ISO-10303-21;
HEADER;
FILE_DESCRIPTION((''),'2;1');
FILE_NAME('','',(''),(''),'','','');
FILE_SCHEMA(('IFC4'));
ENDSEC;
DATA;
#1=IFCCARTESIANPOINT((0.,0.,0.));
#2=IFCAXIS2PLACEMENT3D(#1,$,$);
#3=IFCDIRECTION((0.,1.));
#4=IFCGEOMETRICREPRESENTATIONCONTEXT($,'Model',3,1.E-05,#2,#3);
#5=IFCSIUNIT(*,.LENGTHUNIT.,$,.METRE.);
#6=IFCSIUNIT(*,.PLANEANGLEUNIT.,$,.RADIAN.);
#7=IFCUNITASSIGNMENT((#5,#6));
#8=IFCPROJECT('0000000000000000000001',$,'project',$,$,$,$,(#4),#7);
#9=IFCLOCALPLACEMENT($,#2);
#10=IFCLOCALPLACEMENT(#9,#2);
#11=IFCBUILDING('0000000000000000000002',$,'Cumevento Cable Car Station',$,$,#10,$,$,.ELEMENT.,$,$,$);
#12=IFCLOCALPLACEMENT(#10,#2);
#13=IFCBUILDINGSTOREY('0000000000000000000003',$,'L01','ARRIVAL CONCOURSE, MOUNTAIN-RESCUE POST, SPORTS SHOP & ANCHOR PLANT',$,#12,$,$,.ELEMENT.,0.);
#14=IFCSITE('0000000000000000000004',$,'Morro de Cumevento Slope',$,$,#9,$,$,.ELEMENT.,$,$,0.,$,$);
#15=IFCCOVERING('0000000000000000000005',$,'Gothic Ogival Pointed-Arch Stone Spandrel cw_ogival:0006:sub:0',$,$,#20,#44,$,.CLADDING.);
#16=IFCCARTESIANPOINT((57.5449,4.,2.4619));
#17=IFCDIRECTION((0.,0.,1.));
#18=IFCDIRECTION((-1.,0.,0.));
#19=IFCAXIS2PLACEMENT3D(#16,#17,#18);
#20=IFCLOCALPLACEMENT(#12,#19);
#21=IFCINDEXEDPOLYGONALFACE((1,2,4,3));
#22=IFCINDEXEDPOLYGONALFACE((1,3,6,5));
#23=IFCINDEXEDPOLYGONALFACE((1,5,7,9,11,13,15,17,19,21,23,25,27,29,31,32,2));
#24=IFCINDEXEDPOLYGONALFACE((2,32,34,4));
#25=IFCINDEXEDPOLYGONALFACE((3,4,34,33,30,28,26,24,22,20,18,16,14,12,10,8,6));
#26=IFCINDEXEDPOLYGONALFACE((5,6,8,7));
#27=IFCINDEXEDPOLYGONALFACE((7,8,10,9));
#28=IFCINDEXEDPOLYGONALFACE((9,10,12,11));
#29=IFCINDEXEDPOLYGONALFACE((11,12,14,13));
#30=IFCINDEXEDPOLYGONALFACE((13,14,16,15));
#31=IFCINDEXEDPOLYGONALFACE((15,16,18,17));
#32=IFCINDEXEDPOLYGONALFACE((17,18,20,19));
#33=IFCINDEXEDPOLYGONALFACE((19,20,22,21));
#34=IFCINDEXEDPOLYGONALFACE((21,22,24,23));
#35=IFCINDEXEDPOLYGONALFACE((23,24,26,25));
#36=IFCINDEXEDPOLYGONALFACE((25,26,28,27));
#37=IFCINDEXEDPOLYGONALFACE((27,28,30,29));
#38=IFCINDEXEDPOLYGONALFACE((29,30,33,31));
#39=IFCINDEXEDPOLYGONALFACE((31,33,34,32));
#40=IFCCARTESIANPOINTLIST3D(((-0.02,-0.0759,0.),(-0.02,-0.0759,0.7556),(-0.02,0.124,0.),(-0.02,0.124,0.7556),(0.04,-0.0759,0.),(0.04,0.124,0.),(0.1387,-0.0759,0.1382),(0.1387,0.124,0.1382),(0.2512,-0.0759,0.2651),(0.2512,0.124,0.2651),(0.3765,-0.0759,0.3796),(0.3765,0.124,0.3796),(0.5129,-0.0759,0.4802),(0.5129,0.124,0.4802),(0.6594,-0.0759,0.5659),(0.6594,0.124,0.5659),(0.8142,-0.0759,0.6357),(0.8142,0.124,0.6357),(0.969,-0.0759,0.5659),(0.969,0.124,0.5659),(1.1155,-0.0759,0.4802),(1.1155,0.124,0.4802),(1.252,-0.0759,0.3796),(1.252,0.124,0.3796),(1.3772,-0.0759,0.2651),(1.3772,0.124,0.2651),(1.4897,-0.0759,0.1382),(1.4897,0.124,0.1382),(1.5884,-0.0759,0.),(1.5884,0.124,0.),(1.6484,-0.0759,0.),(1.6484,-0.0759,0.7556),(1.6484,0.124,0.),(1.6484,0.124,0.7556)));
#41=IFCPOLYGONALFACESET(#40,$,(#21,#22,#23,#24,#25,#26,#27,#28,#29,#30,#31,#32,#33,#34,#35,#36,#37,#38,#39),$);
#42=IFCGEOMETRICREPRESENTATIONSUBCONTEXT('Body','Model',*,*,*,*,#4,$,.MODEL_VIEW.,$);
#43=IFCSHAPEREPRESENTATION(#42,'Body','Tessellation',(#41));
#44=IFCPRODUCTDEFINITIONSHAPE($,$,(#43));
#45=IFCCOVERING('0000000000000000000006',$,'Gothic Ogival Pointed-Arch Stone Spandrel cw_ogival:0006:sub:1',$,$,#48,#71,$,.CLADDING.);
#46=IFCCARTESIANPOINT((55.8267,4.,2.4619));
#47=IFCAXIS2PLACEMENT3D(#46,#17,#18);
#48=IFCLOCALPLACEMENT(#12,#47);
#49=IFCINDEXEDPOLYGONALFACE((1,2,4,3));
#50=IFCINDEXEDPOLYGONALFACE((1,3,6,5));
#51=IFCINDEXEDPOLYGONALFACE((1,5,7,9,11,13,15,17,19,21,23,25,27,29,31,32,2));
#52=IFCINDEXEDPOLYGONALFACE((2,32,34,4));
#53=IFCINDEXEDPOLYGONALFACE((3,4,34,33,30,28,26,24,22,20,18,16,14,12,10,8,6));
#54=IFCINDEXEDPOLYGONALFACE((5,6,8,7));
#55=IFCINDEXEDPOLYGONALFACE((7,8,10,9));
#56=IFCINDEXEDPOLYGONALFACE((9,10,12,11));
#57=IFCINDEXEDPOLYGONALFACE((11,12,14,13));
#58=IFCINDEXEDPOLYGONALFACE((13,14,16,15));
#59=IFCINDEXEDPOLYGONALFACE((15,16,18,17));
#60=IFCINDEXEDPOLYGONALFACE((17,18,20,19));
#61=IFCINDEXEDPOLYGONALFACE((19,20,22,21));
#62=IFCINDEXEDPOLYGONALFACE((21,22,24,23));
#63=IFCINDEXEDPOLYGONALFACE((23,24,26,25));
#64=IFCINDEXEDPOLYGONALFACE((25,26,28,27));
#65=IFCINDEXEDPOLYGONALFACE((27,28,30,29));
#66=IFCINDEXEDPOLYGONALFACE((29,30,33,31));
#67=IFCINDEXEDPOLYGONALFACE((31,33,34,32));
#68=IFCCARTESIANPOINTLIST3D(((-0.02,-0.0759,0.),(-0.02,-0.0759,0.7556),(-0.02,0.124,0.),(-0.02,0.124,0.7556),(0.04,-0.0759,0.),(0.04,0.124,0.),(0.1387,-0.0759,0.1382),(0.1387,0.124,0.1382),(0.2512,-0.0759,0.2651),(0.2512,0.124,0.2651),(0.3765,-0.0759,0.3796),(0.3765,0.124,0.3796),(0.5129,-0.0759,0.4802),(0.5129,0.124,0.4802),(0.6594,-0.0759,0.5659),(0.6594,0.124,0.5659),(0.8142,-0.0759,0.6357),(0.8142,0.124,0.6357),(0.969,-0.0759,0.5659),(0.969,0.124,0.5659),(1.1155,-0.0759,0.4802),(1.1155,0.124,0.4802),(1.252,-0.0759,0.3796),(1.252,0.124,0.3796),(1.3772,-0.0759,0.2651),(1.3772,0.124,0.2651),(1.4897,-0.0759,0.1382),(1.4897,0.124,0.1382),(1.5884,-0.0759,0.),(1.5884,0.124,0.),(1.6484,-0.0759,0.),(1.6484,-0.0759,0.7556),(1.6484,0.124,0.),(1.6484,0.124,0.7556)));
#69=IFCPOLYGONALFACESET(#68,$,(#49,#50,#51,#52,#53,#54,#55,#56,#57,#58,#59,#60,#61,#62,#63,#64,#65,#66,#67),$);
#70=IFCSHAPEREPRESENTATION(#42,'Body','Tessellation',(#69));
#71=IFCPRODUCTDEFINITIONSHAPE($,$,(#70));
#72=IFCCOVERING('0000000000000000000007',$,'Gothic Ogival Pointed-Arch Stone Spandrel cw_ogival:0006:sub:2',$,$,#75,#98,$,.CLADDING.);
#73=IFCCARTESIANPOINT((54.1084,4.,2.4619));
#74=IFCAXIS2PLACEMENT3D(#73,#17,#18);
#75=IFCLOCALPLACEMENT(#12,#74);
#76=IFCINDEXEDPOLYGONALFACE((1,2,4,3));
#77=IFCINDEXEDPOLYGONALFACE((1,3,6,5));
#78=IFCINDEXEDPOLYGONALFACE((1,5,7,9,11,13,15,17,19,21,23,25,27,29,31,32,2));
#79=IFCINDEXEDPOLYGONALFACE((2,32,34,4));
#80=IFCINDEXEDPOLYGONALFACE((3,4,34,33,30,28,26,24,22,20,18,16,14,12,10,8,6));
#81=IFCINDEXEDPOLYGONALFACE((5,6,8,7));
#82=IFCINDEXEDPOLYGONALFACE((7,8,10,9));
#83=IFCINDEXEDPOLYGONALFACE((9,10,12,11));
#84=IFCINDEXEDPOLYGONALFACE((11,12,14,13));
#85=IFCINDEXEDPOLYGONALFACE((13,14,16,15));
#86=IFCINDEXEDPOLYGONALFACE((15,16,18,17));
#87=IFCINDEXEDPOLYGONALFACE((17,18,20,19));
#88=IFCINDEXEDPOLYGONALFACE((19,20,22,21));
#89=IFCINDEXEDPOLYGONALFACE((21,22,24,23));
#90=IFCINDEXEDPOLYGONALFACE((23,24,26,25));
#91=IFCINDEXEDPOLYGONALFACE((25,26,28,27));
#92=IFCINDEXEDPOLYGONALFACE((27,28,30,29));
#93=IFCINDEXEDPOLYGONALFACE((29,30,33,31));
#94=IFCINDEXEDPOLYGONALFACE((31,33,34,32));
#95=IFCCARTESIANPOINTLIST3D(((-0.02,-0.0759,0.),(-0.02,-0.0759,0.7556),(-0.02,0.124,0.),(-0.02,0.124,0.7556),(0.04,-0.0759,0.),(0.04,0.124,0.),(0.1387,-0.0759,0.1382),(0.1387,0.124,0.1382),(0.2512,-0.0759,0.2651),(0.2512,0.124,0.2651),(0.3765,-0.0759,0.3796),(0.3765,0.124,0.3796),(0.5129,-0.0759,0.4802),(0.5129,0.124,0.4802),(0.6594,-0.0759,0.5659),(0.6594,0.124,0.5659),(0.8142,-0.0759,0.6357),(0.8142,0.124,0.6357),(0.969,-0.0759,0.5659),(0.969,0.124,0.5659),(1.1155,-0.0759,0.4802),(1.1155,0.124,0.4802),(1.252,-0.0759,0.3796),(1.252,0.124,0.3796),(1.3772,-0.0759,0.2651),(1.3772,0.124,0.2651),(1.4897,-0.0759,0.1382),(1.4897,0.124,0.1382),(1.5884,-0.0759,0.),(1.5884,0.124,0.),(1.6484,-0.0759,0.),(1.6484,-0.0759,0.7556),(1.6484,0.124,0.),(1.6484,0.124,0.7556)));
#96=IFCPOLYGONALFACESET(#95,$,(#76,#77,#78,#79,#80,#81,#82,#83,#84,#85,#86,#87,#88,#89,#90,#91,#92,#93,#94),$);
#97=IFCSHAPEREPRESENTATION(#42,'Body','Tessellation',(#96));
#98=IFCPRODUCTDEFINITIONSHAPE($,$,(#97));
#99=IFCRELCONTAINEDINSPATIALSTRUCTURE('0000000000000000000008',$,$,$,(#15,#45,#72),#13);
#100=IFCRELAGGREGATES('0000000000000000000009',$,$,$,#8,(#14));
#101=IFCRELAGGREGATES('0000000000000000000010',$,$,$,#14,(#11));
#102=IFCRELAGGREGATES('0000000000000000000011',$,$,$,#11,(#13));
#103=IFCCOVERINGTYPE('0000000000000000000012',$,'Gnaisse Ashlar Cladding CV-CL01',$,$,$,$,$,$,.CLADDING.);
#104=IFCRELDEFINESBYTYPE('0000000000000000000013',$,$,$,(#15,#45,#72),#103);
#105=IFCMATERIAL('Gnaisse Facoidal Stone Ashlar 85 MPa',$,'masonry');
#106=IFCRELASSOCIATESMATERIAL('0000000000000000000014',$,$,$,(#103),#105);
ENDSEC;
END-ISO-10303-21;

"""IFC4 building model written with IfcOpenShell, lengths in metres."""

from ifc_helpers import new_model, si_unit, direction, frame, origin, place, context, subcontext, project, spatial, polyline, outline, extrude, material, type_object, element, save


model = new_model("IFC4")

# Units and contexts
model_context = context("Model", 3, precision=1e-05, world=origin(), true_north=direction((0.0, 1.0)))
body_context = subcontext(model_context, "Body", "Model", "MODEL_VIEW")
ifc_project = project(units=[si_unit("LENGTHUNIT", "METRE"), si_unit("PLANEANGLEUNIT", "RADIAN")], contexts=[model_context])

# Site, building, storey
site_placement = place(None, origin())
site = spatial("IfcSite", under=ifc_project, at=site_placement, Name="Morro de Cumevento Slope", CompositionType="ELEMENT", RefElevation=0.0)
building_placement = place(site_placement, origin())
building = spatial("IfcBuilding", under=site, at=building_placement, Name="Cumevento Cable Car Station", CompositionType="ELEMENT")
storey_placement = place(building_placement, origin())
storey = spatial("IfcBuildingStorey", under=building, at=storey_placement, Name="L01", Description="ARRIVAL CONCOURSE, MOUNTAIN-RESCUE POST, SPORTS SHOP & ANCHOR PLANT", CompositionType="ELEMENT", Elevation=0.0)

# Coverings
ifc_material_1 = material(Name="Gnaisse Facoidal Stone Ashlar 85 MPa", Category="masonry")
covering_type = type_object("IfcCoveringType", Name="Gnaisse Ashlar Cladding CV-CL01", PredefinedType="CLADDING", material=ifc_material_1)
for number, where, z_axis, x_axis, name in (
    (1, (57.5449, 4.0, 2.4619), (0.0, 0.0, 1.0), (-1.0, 0.0, 0.0), "Gothic Ogival Pointed-Arch Stone Spandrel cw_ogival:0006:sub:0"),
    (2, (55.8267, 4.0, 2.4619), (0.0, 0.0, 1.0), (-1.0, 0.0, 0.0), "Gothic Ogival Pointed-Arch Stone Spandrel cw_ogival:0006:sub:1"),
    (3, (54.1084, 4.0, 2.4619), (0.0, 0.0, 1.0), (-1.0, 0.0, 0.0), "Gothic Ogival Pointed-Arch Stone Spandrel cw_ogival:0006:sub:2"),
):
    element("IfcCovering", number, at=place(storey_placement, frame(where, z_axis=z_axis, x_axis=x_axis)), inside=storey, type_object=covering_type, Name=name, PredefinedType="CLADDING", context=body_context, shape_type="SweptSolid", body=[
        extrude(outline(polyline([(-0.02, 0.0), (-0.02, 0.7556), (1.6484, 0.7556), (1.6484, 0.0), (1.5884, 0.0), (1.4897, 0.1382), (1.3772, 0.2651), (1.252, 0.3796), (1.1155, 0.4802), (0.969, 0.5659), (0.8142, 0.6357), (0.6594, 0.5659), (0.5129, 0.4802), (0.3765, 0.3796), (0.2512, 0.2651), (0.1387, 0.1382), (0.04, 0.0), (-0.02, 0.0)])), frame((0.0, 0.124, 0.0), z_axis=(0.0, -1.0, 0.0), x_axis=(1.0, 0.0, 0.0)), (0.0, 0.0, 1.0), 0.2),
    ])

save(model, "model.ifc")
